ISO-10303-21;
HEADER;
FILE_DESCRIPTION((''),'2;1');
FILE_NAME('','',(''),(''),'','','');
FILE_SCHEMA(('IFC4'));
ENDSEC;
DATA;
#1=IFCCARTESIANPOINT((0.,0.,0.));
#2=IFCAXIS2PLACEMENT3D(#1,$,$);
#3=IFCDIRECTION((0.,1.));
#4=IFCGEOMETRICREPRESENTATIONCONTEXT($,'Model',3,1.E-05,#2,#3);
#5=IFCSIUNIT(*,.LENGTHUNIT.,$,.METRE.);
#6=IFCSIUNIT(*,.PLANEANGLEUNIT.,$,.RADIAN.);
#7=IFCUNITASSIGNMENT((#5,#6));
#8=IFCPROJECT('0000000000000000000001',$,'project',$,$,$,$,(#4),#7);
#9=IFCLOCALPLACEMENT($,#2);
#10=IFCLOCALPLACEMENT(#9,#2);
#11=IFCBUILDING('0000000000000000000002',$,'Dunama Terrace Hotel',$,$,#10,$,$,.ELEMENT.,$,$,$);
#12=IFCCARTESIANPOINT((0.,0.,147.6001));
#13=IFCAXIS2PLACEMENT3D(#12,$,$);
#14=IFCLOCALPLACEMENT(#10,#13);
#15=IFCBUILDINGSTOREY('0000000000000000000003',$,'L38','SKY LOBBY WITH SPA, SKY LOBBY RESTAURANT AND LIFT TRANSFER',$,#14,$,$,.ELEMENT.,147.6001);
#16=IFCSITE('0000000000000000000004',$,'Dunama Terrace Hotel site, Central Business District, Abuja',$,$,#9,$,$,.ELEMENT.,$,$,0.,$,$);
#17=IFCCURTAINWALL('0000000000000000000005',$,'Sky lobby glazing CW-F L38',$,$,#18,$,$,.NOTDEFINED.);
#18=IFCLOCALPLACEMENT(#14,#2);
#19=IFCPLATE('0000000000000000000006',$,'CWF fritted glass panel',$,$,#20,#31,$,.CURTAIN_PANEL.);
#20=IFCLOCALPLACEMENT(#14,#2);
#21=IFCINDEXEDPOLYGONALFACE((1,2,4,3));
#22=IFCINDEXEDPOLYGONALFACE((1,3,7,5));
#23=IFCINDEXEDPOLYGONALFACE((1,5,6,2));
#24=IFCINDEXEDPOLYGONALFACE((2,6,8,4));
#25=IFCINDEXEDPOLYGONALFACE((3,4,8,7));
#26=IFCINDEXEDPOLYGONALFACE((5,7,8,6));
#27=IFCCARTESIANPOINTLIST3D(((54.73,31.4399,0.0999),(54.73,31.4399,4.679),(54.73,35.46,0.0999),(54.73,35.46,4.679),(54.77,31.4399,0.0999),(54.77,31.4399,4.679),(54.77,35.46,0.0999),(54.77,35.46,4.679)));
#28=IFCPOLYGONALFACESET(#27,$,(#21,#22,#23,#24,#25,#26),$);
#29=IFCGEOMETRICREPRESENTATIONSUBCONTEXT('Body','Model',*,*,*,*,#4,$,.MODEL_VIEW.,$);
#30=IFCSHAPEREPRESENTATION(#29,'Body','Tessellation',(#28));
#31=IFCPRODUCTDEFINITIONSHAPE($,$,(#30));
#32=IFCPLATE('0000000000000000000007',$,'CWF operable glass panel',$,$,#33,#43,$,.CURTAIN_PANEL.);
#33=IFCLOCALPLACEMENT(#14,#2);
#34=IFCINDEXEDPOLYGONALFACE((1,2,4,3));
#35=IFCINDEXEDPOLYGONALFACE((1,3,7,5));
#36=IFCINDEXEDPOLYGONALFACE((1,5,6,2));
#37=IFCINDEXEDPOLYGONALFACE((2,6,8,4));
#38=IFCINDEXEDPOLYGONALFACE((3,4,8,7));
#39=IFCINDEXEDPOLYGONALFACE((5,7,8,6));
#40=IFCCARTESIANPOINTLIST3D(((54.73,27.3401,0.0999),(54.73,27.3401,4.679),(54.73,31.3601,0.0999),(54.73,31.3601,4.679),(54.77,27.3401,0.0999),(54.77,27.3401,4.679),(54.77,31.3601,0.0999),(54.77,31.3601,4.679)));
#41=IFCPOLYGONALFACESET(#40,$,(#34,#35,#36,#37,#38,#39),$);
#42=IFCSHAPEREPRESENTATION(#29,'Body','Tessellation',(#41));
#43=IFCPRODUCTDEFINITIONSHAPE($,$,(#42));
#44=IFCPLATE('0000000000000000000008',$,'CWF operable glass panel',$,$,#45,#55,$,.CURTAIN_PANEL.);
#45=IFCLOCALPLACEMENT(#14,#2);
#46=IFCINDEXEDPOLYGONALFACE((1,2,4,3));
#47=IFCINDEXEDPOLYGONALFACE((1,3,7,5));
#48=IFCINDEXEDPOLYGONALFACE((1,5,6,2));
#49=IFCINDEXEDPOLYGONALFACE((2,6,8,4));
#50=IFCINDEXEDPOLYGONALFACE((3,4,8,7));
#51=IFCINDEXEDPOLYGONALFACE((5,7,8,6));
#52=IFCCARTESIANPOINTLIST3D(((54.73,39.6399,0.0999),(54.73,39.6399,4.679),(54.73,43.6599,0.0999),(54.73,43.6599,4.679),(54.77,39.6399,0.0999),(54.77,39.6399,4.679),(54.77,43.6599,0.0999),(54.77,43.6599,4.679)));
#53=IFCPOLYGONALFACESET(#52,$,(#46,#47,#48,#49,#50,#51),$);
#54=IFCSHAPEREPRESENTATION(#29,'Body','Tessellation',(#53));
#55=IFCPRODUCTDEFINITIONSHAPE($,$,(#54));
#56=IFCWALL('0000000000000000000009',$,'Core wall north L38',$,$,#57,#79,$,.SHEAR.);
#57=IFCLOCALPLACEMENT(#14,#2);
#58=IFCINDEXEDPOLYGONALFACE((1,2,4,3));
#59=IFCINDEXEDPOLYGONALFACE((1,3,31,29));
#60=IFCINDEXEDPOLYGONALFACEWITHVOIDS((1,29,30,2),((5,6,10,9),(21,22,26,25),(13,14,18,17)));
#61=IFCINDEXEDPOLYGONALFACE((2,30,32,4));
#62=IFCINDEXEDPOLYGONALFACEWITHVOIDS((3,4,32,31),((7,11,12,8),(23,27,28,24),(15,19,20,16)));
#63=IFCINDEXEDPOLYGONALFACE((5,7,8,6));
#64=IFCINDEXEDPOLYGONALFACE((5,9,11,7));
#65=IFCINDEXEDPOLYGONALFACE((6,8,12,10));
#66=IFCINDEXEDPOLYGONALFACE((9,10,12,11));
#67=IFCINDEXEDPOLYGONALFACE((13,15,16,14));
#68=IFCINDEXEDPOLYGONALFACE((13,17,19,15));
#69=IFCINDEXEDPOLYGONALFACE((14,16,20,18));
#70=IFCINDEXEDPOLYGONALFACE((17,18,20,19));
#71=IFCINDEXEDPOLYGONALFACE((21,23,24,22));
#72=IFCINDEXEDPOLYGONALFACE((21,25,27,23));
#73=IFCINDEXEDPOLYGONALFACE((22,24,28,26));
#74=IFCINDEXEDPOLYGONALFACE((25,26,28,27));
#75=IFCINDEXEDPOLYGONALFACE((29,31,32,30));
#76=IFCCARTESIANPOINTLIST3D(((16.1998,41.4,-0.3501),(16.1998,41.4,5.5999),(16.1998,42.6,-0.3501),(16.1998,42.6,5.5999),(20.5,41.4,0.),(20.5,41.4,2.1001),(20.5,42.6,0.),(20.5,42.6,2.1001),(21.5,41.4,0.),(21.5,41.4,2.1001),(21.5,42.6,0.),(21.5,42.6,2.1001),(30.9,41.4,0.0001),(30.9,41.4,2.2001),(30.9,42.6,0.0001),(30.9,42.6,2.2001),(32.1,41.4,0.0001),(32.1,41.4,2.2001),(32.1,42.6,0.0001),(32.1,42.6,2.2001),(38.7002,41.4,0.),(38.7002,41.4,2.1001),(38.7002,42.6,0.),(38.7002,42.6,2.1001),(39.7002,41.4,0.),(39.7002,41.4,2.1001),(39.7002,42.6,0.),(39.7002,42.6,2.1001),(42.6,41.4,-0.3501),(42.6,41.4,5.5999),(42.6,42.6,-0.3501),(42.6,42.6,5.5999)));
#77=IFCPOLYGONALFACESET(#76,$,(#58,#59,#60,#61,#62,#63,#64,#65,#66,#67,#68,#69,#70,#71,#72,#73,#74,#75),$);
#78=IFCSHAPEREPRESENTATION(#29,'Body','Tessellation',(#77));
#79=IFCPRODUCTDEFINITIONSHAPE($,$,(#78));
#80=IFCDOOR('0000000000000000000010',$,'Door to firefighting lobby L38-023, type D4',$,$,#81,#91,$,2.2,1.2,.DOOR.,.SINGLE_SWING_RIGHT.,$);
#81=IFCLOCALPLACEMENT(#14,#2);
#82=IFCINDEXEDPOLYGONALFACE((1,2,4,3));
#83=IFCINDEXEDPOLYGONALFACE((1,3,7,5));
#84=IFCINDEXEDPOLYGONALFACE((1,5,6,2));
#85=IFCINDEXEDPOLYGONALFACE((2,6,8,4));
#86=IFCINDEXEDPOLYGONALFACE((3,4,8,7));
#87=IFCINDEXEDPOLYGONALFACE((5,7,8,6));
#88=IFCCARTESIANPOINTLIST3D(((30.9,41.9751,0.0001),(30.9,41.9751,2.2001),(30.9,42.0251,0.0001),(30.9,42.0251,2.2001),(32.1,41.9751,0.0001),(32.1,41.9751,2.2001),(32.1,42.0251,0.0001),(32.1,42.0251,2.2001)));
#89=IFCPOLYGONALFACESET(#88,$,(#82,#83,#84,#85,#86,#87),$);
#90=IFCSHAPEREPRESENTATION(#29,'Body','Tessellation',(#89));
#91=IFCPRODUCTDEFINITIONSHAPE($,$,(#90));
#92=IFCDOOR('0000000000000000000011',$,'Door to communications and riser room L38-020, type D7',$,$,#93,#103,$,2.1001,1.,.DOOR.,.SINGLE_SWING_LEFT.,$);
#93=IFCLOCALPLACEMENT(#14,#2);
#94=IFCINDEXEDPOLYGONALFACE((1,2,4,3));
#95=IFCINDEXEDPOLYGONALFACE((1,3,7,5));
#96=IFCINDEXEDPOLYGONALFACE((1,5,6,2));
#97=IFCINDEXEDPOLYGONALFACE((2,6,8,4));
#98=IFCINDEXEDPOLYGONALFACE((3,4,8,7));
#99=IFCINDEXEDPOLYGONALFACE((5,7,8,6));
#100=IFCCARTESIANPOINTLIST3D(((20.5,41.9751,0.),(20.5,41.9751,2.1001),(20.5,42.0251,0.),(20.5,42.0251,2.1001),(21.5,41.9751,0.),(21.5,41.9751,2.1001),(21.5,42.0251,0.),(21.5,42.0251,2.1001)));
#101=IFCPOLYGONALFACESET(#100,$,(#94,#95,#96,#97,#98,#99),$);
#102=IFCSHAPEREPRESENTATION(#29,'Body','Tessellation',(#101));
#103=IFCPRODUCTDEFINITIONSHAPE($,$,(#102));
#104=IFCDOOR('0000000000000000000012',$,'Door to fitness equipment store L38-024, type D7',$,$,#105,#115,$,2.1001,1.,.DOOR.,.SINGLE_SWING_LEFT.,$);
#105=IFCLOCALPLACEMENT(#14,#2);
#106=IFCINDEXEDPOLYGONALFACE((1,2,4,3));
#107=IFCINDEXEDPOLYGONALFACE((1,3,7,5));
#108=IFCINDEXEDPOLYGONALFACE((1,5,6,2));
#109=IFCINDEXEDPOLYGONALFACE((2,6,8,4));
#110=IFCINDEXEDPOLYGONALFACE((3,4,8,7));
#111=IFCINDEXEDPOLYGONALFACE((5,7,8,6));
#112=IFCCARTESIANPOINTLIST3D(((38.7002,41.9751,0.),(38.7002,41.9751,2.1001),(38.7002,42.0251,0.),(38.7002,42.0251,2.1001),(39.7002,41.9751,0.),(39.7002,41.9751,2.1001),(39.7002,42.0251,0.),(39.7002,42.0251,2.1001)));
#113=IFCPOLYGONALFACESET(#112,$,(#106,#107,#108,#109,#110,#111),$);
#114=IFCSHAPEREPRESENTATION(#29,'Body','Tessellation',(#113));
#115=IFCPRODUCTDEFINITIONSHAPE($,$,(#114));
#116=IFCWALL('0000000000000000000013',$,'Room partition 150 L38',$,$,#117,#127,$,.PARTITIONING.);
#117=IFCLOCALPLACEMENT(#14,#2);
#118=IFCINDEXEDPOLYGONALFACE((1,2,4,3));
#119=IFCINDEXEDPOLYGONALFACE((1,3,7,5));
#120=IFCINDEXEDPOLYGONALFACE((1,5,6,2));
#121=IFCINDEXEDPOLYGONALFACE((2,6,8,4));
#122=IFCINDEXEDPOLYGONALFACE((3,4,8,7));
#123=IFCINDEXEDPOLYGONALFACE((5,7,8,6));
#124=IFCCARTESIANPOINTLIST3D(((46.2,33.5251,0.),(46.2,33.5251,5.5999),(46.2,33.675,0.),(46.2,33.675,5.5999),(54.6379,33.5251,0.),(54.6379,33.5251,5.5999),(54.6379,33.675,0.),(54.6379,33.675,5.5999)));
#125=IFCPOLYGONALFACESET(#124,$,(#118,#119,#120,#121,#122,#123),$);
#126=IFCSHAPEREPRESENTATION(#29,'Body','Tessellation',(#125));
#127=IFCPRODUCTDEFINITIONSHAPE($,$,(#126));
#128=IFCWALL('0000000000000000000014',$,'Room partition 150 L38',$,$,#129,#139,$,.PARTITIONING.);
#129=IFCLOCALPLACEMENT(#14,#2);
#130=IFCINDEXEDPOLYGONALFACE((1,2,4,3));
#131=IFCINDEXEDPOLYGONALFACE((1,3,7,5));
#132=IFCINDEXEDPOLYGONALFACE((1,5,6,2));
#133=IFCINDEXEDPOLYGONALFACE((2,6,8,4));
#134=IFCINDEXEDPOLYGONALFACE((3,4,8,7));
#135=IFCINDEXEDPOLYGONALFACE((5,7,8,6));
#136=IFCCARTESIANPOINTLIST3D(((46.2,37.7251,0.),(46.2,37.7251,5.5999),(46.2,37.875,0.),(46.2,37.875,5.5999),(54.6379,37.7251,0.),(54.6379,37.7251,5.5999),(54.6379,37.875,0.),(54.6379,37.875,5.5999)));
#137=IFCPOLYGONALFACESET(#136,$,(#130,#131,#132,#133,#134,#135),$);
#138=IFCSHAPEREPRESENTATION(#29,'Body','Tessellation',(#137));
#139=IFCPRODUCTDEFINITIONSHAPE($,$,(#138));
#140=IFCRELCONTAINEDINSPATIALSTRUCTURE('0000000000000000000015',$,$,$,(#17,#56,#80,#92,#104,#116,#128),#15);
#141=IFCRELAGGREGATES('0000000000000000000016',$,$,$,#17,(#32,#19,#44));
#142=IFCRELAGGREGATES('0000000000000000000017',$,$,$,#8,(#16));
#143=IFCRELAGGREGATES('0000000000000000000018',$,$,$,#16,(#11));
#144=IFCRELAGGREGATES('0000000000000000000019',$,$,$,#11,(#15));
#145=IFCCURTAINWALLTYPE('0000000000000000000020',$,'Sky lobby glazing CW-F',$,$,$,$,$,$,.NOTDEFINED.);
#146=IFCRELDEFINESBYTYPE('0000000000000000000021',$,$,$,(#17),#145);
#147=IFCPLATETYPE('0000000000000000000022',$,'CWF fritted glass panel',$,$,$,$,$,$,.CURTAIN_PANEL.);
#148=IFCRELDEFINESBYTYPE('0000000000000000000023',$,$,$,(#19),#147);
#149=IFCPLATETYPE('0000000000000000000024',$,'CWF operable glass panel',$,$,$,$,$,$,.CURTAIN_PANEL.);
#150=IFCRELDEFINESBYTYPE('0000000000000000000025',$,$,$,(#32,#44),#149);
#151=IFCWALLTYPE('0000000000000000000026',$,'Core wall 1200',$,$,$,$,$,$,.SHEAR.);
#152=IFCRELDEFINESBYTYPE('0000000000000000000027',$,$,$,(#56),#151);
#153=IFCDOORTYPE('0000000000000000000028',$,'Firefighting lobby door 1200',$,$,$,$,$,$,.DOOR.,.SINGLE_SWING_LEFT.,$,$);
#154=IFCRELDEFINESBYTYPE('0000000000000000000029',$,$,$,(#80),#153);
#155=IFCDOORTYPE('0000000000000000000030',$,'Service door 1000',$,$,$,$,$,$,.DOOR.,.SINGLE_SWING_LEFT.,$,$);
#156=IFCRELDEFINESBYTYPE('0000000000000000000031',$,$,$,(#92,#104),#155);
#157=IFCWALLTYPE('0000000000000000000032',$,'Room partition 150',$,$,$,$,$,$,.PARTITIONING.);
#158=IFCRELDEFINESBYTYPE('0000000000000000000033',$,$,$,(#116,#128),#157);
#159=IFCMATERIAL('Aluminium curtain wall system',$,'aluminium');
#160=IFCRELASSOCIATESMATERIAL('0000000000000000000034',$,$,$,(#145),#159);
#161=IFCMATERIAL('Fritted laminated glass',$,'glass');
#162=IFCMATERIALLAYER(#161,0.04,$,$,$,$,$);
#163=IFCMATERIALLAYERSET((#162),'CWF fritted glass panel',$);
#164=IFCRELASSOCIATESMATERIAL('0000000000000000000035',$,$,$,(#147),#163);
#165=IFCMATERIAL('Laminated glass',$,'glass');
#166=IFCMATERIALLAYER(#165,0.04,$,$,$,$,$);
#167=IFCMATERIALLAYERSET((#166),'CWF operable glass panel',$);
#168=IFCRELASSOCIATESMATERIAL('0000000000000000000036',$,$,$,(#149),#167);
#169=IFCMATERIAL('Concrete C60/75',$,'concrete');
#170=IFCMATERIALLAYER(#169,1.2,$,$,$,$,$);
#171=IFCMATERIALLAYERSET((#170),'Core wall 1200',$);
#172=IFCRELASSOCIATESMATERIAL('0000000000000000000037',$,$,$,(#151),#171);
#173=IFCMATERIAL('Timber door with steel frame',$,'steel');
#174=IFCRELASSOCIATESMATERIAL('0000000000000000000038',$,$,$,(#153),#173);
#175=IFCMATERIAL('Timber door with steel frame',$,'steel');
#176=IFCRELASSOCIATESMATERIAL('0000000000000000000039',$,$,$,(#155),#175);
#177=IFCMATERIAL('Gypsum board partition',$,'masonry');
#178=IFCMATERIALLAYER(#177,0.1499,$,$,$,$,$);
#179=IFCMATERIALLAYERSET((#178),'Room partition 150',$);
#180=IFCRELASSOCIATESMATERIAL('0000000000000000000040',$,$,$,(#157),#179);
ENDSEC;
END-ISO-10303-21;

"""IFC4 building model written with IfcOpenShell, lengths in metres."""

from ifc_helpers import new_model, si_unit, direction, frame, frame_2d, origin, origin_2d, place, context, subcontext, project, spatial, rectangle, extrude, material, layer, layer_set, type_object, element, fill, aggregate, save


model = new_model("IFC4")

# Units and contexts
model_context = context("Model", 3, precision=1e-05, world=origin(), true_north=direction((0.0, 1.0)))
body_context = subcontext(model_context, "Body", "Model", "MODEL_VIEW")
ifc_project = project(units=[si_unit("LENGTHUNIT", "METRE"), si_unit("PLANEANGLEUNIT", "RADIAN")], contexts=[model_context])

# Site, building, storey
site_placement = place(None, origin())
site = spatial("IfcSite", under=ifc_project, at=site_placement, Name="Dunama Terrace Hotel site, Central Business District, Abuja", CompositionType="ELEMENT", RefElevation=0.0)
building_placement = place(site_placement, origin())
building = spatial("IfcBuilding", under=site, at=building_placement, Name="Dunama Terrace Hotel", CompositionType="ELEMENT")
storey_placement = place(building_placement, frame((0.0, 0.0, 147.6001)))
storey = spatial("IfcBuildingStorey", under=building, at=storey_placement, Name="L38", Description="SKY LOBBY WITH SPA, SKY LOBBY RESTAURANT AND LIFT TRANSFER", CompositionType="ELEMENT", Elevation=147.6001)

# Curtain wall, plates
ifc_material_1 = material(Name="Aluminium curtain wall system", Category="aluminium")
curtain_wall_type = type_object("IfcCurtainWallType", Name="Sky lobby glazing CW-F", PredefinedType="NOTDEFINED", material=ifc_material_1)
curtain_wall_placement = place(storey_placement, origin())
curtain_wall = element("IfcCurtainWall", 1, at=curtain_wall_placement, inside=storey, type_object=curtain_wall_type, Name="Sky lobby glazing CW-F L38", PredefinedType="NOTDEFINED")
ifc_material_2 = material(Name="Fritted laminated glass", Category="glass")
ifc_layer_1 = layer(ifc_material_2, 0.04)
ifc_layer_set_1 = layer_set([ifc_layer_1], Name="CWF fritted glass panel")
plate_type_1 = type_object("IfcPlateType", Name="CWF fritted glass panel", PredefinedType="CURTAIN_PANEL", material=ifc_layer_set_1)
plate_1_placement = place(storey_placement, frame((54.75, 33.45, 0.0999), z_axis=(0.0, 0.0, 1.0), x_axis=(0.0, 1.0, 0.0)))
plate_1 = element("IfcPlate", 2, at=plate_1_placement, type_object=plate_type_1, Name="CWF fritted glass panel", PredefinedType="CURTAIN_PANEL", context=body_context, shape_type="SweptSolid", body=[
    extrude(rectangle(XDim=4.02, YDim=0.04, at=origin_2d()), origin(), (0.0, 0.0, 1.0), 4.5791),
])
ifc_material_3 = material(Name="Laminated glass", Category="glass")
ifc_layer_2 = layer(ifc_material_3, 0.04)
ifc_layer_set_2 = layer_set([ifc_layer_2], Name="CWF operable glass panel")
plate_type_2 = type_object("IfcPlateType", Name="CWF operable glass panel", PredefinedType="CURTAIN_PANEL", material=ifc_layer_set_2)
plate_2_placement = place(storey_placement, frame((54.75, 29.3501, 0.0999), z_axis=(0.0, 0.0, 1.0), x_axis=(0.0, 1.0, 0.0)))
plate_2 = element("IfcPlate", 3, at=plate_2_placement, type_object=plate_type_2, Name="CWF operable glass panel", PredefinedType="CURTAIN_PANEL", context=body_context, shape_type="SweptSolid", body=[
    extrude(rectangle(XDim=4.02, YDim=0.04, at=origin_2d()), origin(), (0.0, 0.0, 1.0), 4.5791),
])
plate_3_placement = place(storey_placement, frame((54.75, 41.6499, 0.0999), z_axis=(0.0, 0.0, 1.0), x_axis=(0.0, 1.0, 0.0)))
plate_3 = element("IfcPlate", 4, at=plate_3_placement, type_object=plate_type_2, Name="CWF operable glass panel", PredefinedType="CURTAIN_PANEL", context=body_context, shape_type="SweptSolid", body=[
    extrude(rectangle(XDim=4.02, YDim=0.04, at=origin_2d()), origin(), (0.0, 0.0, 1.0), 4.5791),
])
aggregate(curtain_wall, [plate_2, plate_1, plate_3])

# Wall, openings, doors
ifc_material_4 = material(Name="Concrete C60/75", Category="concrete")
ifc_layer_3 = layer(ifc_material_4, 1.2)
ifc_layer_set_3 = layer_set([ifc_layer_3], Name="Core wall 1200")
wall_type_1 = type_object("IfcWallType", Name="Core wall 1200", PredefinedType="SHEAR", material=ifc_layer_set_3)
wall_1_placement = place(storey_placement, frame((42.6001, 42.0, -0.3501), z_axis=(0.0, 0.0, 1.0), x_axis=(-1.0, 0.0, 0.0)))
wall_1 = element("IfcWall", 5, at=wall_1_placement, inside=storey, type_object=wall_type_1, Name="Core wall north L38", PredefinedType="SHEAR", context=body_context, shape_type="SweptSolid", body=[
    extrude(rectangle(XDim=26.4001, YDim=1.2, at=frame_2d((13.2002, 0.0))), origin(), (0.0, 0.0, 1.0), 5.95),
])
opening_1_placement = place(wall_1_placement, frame((21.1001, 0.0, 0.3501)))
opening_1 = element("IfcOpeningElement", 6, at=opening_1_placement, cuts=wall_1, PredefinedType="OPENING", context=body_context, shape_type="SweptSolid", body=[
    extrude(rectangle(XDim=1.0, YDim=2.1001, at=frame_2d((0.5, 1.05))), frame((0.0, 0.6099, 0.0), z_axis=(0.0, -1.0, 0.0), x_axis=(1.0, 0.0, 0.0)), (0.0, 0.0, 1.0), 1.22),
])
opening_2_placement = place(wall_1_placement, frame((10.5, 0.0, 0.3501)))
opening_2 = element("IfcOpeningElement", 7, at=opening_2_placement, cuts=wall_1, PredefinedType="OPENING", context=body_context, shape_type="SweptSolid", body=[
    extrude(rectangle(XDim=1.2, YDim=2.2, at=frame_2d((0.6001, 1.1001))), frame((0.0, 0.6099, 0.0), z_axis=(0.0, -1.0, 0.0), x_axis=(1.0, 0.0, 0.0)), (0.0, 0.0, 1.0), 1.22),
])
opening_3_placement = place(wall_1_placement, frame((2.8999, 0.0, 0.3501)))
opening_3 = element("IfcOpeningElement", 8, at=opening_3_placement, cuts=wall_1, PredefinedType="OPENING", context=body_context, shape_type="SweptSolid", body=[
    extrude(rectangle(XDim=1.0, YDim=2.1001, at=frame_2d((0.5, 1.05))), frame((0.0, 0.6099, 0.0), z_axis=(0.0, -1.0, 0.0), x_axis=(1.0, 0.0, 0.0)), (0.0, 0.0, 1.0), 1.22),
])
ifc_material_5 = material(Name="Timber door with steel frame", Category="steel")
door_type_1 = type_object("IfcDoorType", Name="Firefighting lobby door 1200", OperationType="SINGLE_SWING_LEFT", PredefinedType="DOOR", material=ifc_material_5)
door_1_placement = place(opening_2_placement, origin())
door_1 = element("IfcDoor", 9, at=door_1_placement, inside=storey, type_object=door_type_1, Name="Door to firefighting lobby L38-023, type D4", OperationType="SINGLE_SWING_RIGHT", OverallHeight=2.2, OverallWidth=1.2, PredefinedType="DOOR", context=body_context, shape_type="SweptSolid", body=[
    extrude(rectangle(XDim=1.2, YDim=2.2, at=frame_2d((0.6001, 1.1001))), frame((0.0, 0.0249, 0.0), z_axis=(0.0, -1.0, 0.0), x_axis=(1.0, 0.0, 0.0)), (0.0, 0.0, 1.0), 0.05),
])
fill(opening_2, door_1)
ifc_material_6 = material(Name="Timber door with steel frame", Category="steel")
door_type_2 = type_object("IfcDoorType", Name="Service door 1000", OperationType="SINGLE_SWING_LEFT", PredefinedType="DOOR", material=ifc_material_6)
door_2_placement = place(opening_1_placement, origin())
door_2 = element("IfcDoor", 10, at=door_2_placement, inside=storey, type_object=door_type_2, Name="Door to communications and riser room L38-020, type D7", OperationType="SINGLE_SWING_LEFT", OverallHeight=2.1001, OverallWidth=1.0, PredefinedType="DOOR", context=body_context, shape_type="SweptSolid", body=[
    extrude(rectangle(XDim=1.0, YDim=2.1001, at=frame_2d((0.5, 1.05))), frame((0.0, 0.0249, 0.0), z_axis=(0.0, -1.0, 0.0), x_axis=(1.0, 0.0, 0.0)), (0.0, 0.0, 1.0), 0.05),
])
fill(opening_1, door_2)
door_3_placement = place(opening_3_placement, origin())
door_3 = element("IfcDoor", 11, at=door_3_placement, inside=storey, type_object=door_type_2, Name="Door to fitness equipment store L38-024, type D7", OperationType="SINGLE_SWING_LEFT", OverallHeight=2.1001, OverallWidth=1.0, PredefinedType="DOOR", context=body_context, shape_type="SweptSolid", body=[
    extrude(rectangle(XDim=1.0, YDim=2.1001, at=frame_2d((0.5, 1.05))), frame((0.0, 0.0249, 0.0), z_axis=(0.0, -1.0, 0.0), x_axis=(1.0, 0.0, 0.0)), (0.0, 0.0, 1.0), 0.05),
])
fill(opening_3, door_3)

# Walls
ifc_material_7 = material(Name="Gypsum board partition", Category="masonry")
ifc_layer_4 = layer(ifc_material_7, 0.1499)
ifc_layer_set_4 = layer_set([ifc_layer_4], Name="Room partition 150")
wall_type_2 = type_object("IfcWallType", Name="Room partition 150", PredefinedType="PARTITIONING", material=ifc_layer_set_4)
for number, where, z_axis, x_axis, name in (
    (12, (46.2, 33.6001, 0.0), (0.0, 0.0, 1.0), (1.0, 0.0, 0.0), "Room partition 150 L38"),
    (13, (46.2, 37.8, 0.0), (0.0, 0.0, 1.0), (1.0, 0.0, 0.0), "Room partition 150 L38"),
):
    element("IfcWall", number, at=place(storey_placement, frame(where, z_axis=z_axis, x_axis=x_axis)), inside=storey, type_object=wall_type_2, Name=name, PredefinedType="PARTITIONING", context=body_context, shape_type="SweptSolid", body=[
        extrude(rectangle(XDim=8.438, YDim=0.1499, at=frame_2d((4.219, 0.0))), origin(), (0.0, 0.0, 1.0), 5.5999),
    ])

save(model, "model.ifc")
